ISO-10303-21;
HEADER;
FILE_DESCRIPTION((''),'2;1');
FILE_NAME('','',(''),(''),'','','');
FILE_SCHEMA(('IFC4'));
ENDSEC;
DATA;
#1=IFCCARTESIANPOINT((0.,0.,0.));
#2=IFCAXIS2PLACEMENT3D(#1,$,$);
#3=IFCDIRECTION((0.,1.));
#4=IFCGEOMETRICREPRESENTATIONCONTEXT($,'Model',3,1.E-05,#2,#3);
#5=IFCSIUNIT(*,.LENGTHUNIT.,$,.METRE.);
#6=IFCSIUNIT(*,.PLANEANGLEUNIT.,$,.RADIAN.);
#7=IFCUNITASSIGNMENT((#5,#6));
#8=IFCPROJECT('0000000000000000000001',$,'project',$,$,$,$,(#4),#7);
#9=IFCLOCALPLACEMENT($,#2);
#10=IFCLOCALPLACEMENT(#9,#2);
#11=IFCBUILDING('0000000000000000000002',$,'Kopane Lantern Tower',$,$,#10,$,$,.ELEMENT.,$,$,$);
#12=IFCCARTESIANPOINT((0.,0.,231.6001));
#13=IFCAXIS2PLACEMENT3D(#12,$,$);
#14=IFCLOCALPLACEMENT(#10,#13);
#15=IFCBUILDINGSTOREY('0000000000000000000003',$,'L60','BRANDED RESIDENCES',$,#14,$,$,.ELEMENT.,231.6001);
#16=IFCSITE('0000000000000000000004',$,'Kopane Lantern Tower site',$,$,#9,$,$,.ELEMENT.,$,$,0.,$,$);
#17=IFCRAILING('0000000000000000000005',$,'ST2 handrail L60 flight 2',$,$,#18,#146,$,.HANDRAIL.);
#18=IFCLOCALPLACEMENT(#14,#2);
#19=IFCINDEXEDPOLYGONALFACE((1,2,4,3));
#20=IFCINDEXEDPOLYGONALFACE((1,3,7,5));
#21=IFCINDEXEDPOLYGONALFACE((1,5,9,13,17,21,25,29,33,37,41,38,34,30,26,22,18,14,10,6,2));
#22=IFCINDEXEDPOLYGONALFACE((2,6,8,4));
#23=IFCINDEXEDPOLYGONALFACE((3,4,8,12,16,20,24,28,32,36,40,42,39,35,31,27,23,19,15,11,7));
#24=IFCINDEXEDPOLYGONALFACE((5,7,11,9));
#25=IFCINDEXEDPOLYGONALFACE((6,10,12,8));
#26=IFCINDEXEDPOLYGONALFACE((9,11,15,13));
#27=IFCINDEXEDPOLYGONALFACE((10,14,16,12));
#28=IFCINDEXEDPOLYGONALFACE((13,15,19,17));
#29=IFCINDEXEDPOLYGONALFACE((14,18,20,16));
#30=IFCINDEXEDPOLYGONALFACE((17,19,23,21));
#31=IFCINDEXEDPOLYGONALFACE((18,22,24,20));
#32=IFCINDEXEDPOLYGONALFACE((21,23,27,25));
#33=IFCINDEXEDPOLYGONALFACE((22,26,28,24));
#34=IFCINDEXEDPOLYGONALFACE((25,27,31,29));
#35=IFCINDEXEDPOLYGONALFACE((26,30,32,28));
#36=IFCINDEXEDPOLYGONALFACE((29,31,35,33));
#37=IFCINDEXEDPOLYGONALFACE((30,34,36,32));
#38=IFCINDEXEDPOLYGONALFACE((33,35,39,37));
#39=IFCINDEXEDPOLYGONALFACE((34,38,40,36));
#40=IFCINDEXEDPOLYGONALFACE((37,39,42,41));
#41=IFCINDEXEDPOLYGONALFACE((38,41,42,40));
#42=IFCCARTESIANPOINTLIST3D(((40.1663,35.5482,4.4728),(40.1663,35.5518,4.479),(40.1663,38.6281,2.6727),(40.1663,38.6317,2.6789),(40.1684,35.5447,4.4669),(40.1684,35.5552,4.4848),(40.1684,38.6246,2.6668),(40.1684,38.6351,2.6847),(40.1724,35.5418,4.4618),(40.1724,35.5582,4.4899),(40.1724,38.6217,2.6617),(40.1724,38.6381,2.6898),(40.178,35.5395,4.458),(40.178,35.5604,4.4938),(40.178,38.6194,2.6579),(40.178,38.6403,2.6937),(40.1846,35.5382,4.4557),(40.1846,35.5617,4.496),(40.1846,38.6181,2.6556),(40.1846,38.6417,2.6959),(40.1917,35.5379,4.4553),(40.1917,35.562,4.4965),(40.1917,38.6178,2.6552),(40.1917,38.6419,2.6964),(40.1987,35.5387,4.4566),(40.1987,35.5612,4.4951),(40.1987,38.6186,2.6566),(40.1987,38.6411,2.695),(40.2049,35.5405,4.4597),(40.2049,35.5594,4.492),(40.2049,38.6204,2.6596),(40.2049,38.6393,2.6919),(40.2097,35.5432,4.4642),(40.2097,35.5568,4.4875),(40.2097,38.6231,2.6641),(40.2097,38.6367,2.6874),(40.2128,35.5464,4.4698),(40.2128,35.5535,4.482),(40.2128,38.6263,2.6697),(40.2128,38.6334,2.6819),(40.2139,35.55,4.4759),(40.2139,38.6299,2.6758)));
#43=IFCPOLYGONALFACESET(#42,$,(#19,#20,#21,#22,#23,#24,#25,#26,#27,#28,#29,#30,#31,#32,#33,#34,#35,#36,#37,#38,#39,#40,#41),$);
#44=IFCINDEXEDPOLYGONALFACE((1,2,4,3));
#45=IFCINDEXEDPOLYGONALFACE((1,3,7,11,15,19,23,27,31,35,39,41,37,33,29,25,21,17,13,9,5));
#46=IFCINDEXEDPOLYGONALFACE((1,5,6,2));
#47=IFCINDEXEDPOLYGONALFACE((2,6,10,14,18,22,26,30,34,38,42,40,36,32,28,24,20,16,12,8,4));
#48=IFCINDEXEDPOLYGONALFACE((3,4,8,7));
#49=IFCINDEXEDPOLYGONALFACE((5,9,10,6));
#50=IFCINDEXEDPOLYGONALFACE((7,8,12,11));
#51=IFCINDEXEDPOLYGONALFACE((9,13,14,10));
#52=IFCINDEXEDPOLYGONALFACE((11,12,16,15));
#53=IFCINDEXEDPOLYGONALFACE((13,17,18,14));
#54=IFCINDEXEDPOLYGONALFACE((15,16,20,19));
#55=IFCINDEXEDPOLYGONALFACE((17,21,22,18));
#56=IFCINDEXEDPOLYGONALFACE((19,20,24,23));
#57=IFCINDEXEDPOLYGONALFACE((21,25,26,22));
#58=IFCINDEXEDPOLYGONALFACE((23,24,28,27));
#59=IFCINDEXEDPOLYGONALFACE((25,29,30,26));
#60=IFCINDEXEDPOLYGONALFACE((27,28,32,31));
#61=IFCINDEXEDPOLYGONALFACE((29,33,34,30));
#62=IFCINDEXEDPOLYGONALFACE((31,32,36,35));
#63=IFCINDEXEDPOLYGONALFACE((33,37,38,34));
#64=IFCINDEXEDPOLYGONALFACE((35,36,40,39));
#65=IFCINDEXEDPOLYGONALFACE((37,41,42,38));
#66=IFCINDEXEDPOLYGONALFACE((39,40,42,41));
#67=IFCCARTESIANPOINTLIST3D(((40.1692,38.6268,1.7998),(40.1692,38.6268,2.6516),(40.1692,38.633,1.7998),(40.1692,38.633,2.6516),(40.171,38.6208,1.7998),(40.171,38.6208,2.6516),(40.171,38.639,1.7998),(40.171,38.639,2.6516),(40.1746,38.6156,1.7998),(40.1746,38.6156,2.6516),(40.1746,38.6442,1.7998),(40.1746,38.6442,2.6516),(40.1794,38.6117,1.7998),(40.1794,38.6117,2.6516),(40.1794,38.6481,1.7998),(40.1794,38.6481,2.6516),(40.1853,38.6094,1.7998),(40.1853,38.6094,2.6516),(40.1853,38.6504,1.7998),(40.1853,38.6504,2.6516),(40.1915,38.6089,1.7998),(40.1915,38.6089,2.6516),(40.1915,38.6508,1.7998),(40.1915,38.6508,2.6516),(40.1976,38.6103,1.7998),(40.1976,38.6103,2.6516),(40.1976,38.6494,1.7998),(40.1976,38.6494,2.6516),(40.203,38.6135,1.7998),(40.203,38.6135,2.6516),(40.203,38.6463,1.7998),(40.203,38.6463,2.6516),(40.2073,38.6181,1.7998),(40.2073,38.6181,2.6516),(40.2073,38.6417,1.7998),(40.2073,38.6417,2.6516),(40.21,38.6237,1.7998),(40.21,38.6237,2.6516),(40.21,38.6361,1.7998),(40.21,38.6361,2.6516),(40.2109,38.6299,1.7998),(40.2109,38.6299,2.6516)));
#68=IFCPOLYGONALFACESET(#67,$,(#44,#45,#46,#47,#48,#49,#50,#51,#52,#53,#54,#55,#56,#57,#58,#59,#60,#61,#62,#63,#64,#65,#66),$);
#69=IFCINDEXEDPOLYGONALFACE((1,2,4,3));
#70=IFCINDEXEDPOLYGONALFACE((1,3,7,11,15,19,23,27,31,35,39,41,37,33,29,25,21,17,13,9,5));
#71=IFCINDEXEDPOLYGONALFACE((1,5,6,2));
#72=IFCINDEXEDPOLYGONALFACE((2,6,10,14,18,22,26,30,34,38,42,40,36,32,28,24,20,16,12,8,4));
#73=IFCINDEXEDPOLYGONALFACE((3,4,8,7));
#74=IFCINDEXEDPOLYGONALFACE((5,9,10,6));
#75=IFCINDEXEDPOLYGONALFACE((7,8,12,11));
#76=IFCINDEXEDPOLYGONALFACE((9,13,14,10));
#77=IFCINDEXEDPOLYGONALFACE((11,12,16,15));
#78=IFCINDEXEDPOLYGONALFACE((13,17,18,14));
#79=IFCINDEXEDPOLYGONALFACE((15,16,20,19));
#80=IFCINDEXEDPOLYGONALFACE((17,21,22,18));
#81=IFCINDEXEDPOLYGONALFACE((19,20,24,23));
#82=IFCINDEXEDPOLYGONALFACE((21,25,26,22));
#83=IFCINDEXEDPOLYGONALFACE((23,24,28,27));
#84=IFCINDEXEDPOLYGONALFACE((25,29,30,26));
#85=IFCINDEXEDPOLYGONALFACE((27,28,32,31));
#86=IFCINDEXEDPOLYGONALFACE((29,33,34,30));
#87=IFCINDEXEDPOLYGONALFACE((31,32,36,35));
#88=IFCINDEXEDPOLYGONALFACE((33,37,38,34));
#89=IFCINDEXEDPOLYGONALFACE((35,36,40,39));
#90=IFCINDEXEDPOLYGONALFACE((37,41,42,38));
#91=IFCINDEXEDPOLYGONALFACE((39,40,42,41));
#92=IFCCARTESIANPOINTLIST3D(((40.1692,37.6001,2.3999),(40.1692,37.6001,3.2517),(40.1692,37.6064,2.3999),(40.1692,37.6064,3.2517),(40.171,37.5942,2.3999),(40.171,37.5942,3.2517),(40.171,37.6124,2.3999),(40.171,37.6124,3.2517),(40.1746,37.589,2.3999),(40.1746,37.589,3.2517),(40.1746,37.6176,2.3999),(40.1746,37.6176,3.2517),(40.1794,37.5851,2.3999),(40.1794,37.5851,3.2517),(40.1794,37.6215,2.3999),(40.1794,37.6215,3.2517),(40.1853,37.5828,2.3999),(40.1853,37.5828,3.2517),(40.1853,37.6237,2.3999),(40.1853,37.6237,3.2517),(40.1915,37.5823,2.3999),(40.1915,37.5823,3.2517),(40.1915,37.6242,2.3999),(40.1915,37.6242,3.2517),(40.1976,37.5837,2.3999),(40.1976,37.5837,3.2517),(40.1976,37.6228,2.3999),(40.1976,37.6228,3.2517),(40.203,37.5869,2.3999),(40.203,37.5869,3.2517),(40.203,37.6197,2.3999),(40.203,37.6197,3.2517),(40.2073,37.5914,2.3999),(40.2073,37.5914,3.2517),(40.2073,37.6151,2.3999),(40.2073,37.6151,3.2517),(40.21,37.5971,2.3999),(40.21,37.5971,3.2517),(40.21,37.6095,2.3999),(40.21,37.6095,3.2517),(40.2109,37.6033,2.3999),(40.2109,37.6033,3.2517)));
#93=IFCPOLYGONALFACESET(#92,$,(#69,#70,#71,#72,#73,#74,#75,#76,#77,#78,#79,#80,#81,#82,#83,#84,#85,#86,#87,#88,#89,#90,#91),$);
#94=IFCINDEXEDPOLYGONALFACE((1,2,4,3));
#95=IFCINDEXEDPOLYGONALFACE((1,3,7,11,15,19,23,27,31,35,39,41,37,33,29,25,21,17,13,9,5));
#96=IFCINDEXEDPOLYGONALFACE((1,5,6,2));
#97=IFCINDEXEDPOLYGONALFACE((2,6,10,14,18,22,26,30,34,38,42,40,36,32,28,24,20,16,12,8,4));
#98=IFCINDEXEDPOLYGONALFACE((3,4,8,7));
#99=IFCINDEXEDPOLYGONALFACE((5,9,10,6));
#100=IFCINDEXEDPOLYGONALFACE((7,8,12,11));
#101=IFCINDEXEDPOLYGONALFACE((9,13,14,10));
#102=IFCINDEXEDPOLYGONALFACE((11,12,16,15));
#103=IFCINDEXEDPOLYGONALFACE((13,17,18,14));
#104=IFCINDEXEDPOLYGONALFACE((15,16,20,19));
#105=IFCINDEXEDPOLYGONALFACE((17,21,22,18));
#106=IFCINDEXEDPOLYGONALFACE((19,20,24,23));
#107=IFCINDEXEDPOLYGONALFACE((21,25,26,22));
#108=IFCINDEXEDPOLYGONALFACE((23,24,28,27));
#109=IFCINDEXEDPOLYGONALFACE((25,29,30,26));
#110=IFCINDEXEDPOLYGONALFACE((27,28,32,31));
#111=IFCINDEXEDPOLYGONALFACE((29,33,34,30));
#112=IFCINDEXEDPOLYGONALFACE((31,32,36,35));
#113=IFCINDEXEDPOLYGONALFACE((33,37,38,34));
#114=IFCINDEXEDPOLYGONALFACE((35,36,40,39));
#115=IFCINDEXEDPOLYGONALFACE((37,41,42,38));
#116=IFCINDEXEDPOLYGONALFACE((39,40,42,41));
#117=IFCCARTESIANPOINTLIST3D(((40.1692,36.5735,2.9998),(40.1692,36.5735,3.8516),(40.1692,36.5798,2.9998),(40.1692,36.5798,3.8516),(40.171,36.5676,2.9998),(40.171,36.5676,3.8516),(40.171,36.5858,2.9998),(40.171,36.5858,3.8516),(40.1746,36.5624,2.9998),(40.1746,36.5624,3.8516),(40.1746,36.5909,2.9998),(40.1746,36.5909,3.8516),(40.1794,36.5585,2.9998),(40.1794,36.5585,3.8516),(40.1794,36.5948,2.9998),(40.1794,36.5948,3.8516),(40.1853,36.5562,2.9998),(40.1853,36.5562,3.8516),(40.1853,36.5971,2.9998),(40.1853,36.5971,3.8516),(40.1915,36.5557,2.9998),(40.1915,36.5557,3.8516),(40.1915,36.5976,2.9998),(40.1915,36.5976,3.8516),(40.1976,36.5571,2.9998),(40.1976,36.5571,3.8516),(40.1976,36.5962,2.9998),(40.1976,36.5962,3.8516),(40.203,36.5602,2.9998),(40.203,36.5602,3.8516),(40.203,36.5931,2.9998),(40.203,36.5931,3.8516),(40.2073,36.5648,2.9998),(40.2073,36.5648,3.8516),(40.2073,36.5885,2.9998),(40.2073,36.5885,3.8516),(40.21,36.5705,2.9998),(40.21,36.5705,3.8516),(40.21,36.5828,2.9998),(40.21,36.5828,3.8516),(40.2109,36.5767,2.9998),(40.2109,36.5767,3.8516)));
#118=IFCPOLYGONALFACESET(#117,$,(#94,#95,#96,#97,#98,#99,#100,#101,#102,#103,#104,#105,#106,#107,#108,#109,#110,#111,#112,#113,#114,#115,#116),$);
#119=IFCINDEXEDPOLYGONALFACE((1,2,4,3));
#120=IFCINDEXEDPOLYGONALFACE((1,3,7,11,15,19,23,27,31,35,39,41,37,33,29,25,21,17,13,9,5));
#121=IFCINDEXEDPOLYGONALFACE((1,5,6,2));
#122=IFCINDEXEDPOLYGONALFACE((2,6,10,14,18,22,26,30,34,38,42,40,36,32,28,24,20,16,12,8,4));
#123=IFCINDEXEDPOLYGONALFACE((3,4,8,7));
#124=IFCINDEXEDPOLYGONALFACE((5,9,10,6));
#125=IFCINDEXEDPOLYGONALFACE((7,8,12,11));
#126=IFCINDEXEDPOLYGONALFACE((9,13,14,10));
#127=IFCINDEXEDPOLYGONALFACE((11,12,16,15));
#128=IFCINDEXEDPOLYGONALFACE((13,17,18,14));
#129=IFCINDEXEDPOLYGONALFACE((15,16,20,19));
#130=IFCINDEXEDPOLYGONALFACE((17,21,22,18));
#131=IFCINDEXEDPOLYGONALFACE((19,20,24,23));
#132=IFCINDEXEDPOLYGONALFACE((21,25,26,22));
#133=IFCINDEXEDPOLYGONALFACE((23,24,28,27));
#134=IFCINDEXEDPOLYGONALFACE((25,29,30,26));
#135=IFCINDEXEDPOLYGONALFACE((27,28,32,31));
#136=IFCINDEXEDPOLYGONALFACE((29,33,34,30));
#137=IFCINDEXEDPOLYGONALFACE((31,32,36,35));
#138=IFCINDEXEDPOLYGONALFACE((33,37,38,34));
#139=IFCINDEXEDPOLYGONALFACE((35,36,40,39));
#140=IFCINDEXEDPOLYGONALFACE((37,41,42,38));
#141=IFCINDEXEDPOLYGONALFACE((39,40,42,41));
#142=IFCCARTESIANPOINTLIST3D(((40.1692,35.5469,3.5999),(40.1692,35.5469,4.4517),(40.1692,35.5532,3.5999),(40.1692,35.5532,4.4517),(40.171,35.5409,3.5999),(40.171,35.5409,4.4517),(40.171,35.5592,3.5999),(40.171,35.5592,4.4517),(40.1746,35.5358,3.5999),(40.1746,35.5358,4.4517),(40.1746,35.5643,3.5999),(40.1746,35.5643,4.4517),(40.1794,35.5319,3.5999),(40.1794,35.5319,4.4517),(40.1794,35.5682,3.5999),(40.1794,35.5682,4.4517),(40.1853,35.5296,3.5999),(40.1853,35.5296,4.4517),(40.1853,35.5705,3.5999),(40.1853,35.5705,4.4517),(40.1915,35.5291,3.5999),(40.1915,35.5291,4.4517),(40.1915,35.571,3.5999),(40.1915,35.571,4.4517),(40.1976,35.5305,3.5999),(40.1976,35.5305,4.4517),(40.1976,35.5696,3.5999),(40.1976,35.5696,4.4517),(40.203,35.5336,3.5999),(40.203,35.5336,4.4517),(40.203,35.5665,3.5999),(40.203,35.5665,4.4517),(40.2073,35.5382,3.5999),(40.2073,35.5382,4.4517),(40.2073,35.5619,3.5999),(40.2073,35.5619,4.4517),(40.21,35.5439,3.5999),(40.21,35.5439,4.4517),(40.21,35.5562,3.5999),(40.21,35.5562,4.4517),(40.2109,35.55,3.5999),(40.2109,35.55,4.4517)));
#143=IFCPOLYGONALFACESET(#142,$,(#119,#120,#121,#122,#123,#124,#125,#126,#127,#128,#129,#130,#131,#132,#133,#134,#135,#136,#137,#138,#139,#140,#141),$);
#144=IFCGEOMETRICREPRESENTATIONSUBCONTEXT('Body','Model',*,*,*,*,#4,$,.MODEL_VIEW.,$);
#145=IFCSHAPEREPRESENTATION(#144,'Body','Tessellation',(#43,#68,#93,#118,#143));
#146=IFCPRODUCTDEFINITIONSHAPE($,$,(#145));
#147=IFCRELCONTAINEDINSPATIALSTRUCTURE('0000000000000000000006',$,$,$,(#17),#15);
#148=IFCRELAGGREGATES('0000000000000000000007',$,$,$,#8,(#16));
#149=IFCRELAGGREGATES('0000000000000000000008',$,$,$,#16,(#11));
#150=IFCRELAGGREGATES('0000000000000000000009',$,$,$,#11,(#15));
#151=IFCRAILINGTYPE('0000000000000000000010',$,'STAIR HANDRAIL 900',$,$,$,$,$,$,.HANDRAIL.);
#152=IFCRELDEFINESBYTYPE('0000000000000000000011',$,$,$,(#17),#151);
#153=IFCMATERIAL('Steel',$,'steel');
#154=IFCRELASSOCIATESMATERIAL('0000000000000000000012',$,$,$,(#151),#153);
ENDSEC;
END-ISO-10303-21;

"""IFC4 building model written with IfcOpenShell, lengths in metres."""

from ifc_helpers import new_model, si_unit, direction, frame, origin, origin_2d, place, context, subcontext, project, spatial, circle, extrude, material, type_object, element, save


model = new_model("IFC4")

# Units and contexts
model_context = context("Model", 3, precision=1e-05, world=origin(), true_north=direction((0.0, 1.0)))
body_context = subcontext(model_context, "Body", "Model", "MODEL_VIEW")
ifc_project = project(units=[si_unit("LENGTHUNIT", "METRE"), si_unit("PLANEANGLEUNIT", "RADIAN")], contexts=[model_context])

# Site, building, storey
site_placement = place(None, origin())
site = spatial("IfcSite", under=ifc_project, at=site_placement, Name="Kopane Lantern Tower site", CompositionType="ELEMENT", RefElevation=0.0)
building_placement = place(site_placement, origin())
building = spatial("IfcBuilding", under=site, at=building_placement, Name="Kopane Lantern Tower", CompositionType="ELEMENT")
storey_placement = place(building_placement, frame((0.0, 0.0, 231.6001)))
storey = spatial("IfcBuildingStorey", under=building, at=storey_placement, Name="L60", Description="BRANDED RESIDENCES", CompositionType="ELEMENT", Elevation=231.6001)

# Railing
ifc_material_1 = material(Name="Steel", Category="steel")
railing_type_1 = type_object("IfcRailingType", Name="STAIR HANDRAIL 900", PredefinedType="HANDRAIL", material=ifc_material_1)
for number, where, name in (
    (1, (40.1899, 38.6299, 1.7998), "ST2 handrail L60 flight 2"),
):
    element("IfcRailing", number, at=place(storey_placement, frame(where)), inside=storey, type_object=railing_type_1, Name=name, PredefinedType="HANDRAIL", context=body_context, shape_type="SweptSolid", body=[
        extrude(circle(Radius=0.0239, at=origin_2d()), frame((0.0, 0.0, 0.876), z_axis=(0.0, -0.863354, 0.504598), x_axis=(1.0, 0.0, 0.0)), (0.0, 0.0, 1.0), 3.5674),
        extrude(circle(Radius=0.021, at=origin_2d()), origin(), (0.0, 0.0, 1.0), 0.8518),
        extrude(circle(Radius=0.021, at=origin_2d()), frame((0.0, -1.0266, 0.6001)), (0.0, 0.0, 1.0), 0.8518),
        extrude(circle(Radius=0.021, at=origin_2d()), frame((0.0, -2.0532, 1.2)), (0.0, 0.0, 1.0), 0.8518),
        extrude(circle(Radius=0.021, at=origin_2d()), frame((0.0, -3.0798, 1.8)), (0.0, 0.0, 1.0), 0.8518),
    ])

save(model, "model.ifc")
